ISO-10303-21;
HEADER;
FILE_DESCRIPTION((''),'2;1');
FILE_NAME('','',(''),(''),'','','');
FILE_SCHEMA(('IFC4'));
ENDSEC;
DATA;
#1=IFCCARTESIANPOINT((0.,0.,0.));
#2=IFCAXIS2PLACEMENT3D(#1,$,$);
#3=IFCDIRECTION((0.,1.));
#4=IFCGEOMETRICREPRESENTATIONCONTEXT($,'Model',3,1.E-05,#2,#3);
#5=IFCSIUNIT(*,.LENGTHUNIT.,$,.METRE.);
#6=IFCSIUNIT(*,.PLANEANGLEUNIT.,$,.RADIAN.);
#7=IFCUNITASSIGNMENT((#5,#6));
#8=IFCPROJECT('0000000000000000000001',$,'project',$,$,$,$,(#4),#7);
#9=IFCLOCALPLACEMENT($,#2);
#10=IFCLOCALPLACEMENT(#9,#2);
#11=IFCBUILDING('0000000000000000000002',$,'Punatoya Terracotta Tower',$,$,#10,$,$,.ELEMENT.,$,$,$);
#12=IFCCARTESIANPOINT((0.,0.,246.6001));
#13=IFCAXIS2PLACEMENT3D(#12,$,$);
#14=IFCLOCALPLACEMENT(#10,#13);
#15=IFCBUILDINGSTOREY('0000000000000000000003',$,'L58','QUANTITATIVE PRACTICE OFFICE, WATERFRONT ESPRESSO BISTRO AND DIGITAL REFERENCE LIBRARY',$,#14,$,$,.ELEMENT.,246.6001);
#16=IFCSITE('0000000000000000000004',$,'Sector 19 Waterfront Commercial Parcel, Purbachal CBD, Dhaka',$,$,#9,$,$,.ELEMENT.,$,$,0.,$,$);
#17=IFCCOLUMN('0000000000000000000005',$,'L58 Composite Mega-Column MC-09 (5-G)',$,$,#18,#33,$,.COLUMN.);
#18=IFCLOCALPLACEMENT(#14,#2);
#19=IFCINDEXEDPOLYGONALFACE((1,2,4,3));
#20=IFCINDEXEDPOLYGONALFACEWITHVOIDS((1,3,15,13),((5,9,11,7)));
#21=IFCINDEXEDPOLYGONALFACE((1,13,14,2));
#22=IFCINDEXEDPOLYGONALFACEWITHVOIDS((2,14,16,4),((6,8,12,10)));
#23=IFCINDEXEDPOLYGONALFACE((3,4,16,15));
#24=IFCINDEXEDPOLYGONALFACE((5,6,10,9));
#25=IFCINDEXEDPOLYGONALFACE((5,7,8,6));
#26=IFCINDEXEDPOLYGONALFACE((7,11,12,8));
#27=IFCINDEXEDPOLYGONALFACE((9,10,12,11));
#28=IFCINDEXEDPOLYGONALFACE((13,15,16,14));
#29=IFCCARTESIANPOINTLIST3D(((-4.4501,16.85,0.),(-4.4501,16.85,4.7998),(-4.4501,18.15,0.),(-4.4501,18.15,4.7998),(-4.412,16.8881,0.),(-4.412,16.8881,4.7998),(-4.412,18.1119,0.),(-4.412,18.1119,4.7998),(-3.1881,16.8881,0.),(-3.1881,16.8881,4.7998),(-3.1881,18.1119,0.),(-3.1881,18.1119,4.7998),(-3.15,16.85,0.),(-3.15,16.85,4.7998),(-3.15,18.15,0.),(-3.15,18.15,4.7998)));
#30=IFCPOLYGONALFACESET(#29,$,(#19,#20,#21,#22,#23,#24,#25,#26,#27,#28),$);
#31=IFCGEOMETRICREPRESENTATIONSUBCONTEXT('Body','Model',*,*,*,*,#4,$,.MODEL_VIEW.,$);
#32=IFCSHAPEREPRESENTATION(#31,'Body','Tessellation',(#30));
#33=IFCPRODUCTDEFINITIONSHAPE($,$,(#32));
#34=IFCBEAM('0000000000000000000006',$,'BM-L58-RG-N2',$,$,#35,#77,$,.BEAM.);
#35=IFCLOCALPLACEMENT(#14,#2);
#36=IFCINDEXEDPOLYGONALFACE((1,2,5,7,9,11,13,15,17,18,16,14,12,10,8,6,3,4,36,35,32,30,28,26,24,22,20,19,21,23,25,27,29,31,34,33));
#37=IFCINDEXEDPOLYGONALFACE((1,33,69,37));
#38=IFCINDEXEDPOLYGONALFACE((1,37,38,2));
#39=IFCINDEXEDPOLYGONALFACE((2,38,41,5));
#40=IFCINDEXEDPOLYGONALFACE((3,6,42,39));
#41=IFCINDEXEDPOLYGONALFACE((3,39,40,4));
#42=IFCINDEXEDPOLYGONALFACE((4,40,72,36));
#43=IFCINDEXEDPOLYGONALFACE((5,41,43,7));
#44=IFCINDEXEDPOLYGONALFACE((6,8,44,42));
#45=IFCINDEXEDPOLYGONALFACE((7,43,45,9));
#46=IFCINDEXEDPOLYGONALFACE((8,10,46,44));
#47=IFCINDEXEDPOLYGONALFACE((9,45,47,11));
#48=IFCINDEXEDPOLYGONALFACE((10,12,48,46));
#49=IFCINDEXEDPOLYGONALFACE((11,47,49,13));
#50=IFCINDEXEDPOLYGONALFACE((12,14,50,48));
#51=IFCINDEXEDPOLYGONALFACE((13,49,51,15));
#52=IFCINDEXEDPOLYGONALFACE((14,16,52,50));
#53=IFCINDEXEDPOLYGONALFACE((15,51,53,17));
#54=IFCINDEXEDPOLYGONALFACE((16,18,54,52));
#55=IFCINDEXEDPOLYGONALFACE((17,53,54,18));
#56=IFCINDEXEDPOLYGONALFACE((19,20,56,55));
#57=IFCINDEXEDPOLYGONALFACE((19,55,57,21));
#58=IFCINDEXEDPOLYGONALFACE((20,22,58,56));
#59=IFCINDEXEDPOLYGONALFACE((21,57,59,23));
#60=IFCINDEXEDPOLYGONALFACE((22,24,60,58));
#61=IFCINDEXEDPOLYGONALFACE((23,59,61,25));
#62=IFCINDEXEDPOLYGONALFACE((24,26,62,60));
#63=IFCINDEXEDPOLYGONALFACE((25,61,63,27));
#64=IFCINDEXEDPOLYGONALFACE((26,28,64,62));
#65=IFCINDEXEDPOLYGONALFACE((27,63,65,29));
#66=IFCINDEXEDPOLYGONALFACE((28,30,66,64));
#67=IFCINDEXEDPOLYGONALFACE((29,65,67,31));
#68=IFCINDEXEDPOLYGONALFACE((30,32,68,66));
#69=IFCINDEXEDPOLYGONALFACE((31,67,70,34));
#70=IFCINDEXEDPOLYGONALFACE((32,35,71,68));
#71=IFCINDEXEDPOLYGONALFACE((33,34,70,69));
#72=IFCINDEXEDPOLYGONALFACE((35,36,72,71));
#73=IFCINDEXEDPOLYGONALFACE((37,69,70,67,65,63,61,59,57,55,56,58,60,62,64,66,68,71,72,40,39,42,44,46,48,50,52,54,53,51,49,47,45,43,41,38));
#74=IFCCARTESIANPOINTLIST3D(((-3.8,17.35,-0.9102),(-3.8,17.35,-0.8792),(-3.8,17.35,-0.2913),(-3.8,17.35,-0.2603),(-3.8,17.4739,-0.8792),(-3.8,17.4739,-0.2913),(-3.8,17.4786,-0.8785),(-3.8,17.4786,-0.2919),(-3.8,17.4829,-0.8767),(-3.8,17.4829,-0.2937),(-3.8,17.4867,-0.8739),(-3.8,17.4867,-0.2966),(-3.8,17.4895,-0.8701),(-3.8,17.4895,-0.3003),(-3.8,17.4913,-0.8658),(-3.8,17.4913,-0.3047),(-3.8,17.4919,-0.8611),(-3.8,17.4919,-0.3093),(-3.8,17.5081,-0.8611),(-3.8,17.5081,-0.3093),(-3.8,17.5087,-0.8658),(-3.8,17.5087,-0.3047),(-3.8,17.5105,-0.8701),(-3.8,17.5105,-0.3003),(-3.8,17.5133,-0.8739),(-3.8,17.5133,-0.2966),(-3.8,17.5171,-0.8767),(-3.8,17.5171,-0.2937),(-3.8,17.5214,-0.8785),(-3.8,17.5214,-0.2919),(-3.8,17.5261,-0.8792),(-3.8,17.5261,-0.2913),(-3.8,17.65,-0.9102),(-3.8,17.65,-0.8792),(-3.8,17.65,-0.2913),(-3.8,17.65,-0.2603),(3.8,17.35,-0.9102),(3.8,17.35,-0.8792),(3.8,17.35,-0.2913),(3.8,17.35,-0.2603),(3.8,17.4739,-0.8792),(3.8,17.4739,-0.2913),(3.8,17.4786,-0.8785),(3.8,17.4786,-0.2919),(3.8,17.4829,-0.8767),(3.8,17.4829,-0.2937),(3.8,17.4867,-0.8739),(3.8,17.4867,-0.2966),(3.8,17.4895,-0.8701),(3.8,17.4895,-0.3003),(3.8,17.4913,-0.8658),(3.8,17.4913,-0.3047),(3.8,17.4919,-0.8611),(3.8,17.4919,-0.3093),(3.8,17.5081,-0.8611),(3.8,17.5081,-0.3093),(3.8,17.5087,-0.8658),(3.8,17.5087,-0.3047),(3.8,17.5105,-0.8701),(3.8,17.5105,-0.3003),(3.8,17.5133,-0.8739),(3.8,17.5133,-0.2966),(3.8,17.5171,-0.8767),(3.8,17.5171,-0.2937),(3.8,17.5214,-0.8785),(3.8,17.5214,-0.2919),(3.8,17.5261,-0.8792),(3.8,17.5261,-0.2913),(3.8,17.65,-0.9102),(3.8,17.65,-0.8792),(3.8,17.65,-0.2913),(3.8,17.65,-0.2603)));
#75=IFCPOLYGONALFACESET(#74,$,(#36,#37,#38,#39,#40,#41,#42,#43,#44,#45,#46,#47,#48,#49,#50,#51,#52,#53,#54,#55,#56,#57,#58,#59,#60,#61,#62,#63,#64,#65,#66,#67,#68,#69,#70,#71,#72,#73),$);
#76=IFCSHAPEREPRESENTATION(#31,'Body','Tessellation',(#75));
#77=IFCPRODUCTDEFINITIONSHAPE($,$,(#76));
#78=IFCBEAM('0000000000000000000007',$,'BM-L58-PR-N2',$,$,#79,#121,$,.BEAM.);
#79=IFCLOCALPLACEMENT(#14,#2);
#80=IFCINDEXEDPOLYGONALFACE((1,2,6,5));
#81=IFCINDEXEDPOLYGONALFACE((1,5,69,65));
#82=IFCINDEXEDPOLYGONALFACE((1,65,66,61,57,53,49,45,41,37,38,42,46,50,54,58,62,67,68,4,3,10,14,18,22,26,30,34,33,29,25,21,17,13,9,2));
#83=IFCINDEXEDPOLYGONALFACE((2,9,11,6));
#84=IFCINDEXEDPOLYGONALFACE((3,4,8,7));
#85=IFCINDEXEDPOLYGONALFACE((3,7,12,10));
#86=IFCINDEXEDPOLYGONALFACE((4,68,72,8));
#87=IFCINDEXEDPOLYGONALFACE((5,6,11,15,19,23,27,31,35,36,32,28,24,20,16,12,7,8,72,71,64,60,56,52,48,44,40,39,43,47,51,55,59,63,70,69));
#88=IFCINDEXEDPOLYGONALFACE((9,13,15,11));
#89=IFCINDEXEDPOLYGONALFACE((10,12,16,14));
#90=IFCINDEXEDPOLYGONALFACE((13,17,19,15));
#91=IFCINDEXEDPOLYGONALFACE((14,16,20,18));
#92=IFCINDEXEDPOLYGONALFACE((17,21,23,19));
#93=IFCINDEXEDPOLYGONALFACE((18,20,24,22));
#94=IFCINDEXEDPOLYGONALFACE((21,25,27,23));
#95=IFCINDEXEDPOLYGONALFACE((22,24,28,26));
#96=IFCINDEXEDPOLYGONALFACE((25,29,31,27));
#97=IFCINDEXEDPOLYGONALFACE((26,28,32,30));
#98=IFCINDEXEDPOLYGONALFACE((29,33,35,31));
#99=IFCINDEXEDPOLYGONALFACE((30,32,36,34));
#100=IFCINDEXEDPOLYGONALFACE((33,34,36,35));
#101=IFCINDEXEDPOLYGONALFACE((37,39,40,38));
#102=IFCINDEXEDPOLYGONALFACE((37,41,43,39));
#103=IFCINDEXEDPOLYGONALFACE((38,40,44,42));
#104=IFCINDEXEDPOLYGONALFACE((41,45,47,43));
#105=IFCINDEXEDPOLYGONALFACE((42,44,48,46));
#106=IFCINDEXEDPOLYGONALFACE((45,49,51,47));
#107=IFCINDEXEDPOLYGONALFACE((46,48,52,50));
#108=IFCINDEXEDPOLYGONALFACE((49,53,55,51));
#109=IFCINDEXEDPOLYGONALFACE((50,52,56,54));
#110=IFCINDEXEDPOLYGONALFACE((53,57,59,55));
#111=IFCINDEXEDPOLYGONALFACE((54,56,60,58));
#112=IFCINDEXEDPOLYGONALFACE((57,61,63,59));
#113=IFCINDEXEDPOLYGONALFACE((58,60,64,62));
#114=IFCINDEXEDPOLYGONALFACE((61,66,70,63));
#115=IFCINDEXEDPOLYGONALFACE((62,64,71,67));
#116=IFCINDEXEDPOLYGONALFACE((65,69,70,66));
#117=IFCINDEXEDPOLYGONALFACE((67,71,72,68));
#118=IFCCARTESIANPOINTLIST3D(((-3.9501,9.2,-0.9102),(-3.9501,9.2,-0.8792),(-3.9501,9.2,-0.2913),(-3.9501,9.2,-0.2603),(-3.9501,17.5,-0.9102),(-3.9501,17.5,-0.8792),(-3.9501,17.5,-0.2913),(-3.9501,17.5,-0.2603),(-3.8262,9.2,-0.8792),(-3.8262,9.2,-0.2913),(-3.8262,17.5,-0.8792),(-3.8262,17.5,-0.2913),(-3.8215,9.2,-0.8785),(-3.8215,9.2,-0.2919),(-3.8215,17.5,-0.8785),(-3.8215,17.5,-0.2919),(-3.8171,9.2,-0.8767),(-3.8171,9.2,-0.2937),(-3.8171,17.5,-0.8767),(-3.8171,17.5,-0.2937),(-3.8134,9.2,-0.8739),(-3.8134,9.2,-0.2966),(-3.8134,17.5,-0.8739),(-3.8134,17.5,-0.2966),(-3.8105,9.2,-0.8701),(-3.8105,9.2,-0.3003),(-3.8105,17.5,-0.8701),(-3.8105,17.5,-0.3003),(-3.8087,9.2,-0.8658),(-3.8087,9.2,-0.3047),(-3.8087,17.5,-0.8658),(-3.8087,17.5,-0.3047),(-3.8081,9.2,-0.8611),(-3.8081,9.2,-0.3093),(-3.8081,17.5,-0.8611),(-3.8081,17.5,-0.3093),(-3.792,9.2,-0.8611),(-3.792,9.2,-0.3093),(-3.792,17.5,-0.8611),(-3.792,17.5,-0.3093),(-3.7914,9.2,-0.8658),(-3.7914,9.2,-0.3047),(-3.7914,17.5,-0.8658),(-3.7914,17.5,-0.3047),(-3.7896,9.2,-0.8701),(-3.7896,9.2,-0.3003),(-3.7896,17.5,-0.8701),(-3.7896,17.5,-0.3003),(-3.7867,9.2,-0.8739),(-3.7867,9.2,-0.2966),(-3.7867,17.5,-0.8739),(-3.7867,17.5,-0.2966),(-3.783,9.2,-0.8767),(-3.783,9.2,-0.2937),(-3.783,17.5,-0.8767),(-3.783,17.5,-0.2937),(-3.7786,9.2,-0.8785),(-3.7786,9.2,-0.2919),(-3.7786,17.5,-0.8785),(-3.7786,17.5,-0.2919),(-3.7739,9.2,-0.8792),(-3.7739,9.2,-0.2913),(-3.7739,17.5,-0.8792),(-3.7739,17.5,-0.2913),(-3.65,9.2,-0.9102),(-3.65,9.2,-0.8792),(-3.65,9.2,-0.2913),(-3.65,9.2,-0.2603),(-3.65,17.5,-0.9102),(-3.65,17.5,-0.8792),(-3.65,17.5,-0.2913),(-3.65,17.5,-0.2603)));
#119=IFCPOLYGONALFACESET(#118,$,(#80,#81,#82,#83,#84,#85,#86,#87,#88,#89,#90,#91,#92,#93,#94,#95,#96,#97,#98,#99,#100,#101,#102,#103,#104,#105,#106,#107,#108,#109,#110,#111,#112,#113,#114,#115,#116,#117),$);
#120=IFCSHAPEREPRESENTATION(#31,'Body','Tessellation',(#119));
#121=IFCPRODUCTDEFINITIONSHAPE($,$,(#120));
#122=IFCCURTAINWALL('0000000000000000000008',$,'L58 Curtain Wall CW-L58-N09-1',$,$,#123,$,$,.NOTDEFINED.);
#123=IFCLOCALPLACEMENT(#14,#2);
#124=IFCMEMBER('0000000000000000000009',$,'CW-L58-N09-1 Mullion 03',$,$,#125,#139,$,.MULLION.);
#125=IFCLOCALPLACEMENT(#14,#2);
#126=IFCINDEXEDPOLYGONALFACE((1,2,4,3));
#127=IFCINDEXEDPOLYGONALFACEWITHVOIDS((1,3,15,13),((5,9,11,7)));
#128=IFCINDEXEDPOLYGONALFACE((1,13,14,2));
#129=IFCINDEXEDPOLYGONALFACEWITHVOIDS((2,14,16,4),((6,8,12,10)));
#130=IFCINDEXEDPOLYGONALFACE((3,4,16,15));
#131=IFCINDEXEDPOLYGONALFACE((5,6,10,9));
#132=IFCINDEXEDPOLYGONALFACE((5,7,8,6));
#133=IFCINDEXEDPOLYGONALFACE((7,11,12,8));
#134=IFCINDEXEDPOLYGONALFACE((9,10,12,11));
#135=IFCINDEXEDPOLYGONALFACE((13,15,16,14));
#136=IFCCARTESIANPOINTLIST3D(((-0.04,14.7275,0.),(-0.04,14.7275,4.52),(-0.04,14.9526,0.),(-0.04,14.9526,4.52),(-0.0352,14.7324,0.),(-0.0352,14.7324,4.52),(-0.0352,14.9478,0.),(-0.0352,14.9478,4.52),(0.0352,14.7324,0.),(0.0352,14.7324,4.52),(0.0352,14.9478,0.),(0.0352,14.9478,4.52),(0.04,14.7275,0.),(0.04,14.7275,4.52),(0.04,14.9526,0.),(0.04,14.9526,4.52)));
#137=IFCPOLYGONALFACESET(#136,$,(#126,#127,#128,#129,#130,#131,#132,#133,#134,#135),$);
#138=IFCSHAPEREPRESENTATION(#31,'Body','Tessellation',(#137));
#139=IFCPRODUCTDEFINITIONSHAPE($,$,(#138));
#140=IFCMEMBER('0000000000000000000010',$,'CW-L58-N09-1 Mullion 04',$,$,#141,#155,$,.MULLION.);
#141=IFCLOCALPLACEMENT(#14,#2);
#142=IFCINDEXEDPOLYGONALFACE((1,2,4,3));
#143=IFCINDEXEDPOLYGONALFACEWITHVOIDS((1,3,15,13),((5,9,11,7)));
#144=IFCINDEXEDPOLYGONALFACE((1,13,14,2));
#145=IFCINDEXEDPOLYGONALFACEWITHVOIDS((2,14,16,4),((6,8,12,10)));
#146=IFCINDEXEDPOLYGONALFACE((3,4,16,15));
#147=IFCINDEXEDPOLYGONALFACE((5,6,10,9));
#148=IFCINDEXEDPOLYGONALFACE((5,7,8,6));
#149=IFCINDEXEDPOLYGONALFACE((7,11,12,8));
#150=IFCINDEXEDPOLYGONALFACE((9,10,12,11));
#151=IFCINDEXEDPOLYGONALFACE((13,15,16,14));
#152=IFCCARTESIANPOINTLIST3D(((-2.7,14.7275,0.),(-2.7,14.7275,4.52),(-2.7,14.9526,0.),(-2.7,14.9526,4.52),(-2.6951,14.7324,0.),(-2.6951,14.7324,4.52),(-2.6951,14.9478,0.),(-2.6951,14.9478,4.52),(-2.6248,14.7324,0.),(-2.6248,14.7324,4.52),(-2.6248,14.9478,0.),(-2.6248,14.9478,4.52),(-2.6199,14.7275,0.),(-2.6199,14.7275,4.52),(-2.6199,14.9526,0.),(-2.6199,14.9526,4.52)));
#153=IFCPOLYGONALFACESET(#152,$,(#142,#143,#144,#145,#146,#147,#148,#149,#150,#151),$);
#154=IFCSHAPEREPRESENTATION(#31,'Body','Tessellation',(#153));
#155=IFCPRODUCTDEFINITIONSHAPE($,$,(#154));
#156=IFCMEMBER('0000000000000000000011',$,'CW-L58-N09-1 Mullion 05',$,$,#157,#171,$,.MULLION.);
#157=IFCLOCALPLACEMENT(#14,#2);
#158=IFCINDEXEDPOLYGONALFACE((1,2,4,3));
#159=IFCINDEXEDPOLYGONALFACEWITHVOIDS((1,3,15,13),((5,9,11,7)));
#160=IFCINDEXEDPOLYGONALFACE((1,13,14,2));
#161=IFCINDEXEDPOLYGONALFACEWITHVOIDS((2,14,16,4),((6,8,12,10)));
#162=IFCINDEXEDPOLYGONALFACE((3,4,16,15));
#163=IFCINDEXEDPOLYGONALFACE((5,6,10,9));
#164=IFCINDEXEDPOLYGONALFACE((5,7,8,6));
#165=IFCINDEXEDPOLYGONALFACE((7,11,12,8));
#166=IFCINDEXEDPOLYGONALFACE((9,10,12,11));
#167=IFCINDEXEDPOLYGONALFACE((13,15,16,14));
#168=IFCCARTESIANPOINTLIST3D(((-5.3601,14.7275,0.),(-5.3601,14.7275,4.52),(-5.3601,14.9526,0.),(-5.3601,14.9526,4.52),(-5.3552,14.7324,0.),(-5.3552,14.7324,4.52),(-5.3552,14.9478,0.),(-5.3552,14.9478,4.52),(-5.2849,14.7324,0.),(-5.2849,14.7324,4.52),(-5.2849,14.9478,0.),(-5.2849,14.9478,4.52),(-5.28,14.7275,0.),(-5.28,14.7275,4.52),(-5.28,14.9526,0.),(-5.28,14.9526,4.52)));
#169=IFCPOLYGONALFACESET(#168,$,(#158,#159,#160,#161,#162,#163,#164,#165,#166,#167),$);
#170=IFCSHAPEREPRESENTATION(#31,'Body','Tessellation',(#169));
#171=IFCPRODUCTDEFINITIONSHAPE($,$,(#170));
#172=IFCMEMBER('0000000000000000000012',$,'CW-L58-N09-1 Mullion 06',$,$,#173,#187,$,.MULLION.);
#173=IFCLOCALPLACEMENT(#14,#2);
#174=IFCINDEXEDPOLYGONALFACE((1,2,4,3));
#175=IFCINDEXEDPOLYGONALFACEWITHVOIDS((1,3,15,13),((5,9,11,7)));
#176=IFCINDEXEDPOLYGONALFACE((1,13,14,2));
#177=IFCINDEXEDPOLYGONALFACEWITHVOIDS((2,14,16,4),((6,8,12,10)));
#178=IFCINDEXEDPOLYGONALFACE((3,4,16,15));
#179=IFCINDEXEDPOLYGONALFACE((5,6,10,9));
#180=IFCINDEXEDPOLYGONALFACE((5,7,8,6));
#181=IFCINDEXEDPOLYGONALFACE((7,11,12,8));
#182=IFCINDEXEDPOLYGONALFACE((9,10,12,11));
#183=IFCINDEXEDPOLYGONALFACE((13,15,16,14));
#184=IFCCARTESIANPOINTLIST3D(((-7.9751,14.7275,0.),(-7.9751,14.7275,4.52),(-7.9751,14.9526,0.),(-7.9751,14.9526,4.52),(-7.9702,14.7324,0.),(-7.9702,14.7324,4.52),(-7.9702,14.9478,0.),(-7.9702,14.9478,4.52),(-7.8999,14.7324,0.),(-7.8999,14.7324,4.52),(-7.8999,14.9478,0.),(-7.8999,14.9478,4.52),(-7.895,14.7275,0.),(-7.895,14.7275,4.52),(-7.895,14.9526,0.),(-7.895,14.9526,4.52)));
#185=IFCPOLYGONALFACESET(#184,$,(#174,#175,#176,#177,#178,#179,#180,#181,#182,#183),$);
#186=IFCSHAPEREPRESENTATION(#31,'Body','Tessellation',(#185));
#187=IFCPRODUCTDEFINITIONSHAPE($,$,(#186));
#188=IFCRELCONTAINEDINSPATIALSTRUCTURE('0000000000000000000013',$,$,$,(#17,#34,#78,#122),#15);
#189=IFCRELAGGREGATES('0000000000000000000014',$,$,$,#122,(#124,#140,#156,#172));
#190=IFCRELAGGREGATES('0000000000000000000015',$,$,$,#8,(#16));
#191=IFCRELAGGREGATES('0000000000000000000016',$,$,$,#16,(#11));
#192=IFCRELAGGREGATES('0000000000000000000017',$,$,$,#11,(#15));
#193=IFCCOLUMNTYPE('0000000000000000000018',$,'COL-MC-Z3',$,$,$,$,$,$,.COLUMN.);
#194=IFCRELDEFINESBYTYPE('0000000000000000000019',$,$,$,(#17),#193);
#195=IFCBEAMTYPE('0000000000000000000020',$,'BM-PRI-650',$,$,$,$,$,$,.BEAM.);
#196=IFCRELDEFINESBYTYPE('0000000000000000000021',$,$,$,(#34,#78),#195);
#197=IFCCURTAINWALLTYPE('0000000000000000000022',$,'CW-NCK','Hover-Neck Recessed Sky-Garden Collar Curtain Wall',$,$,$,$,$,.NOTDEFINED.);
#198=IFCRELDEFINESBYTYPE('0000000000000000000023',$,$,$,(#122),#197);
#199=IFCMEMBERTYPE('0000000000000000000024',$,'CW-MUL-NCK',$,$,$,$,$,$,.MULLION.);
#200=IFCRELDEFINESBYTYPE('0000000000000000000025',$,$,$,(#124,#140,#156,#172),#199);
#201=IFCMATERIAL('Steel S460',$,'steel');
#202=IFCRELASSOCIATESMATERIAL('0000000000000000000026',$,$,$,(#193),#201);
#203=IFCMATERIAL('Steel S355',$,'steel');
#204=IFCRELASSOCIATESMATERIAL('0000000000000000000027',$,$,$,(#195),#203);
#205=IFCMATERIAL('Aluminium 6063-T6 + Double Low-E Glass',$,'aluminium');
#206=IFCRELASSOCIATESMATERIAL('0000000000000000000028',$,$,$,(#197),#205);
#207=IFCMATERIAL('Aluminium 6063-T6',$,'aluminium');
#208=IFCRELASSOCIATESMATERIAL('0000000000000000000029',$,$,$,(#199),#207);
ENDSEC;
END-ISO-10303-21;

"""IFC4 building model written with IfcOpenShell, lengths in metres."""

from ifc_helpers import new_model, si_unit, direction, frame, origin, origin_2d, place, context, subcontext, project, spatial, hollow_rectangle, i_section, extrude, material, material_profile, profile_set, type_object, element, aggregate, save


model = new_model("IFC4")

# Units and contexts
model_context = context("Model", 3, precision=1e-05, world=origin(), true_north=direction((0.0, 1.0)))
body_context = subcontext(model_context, "Body", "Model", "MODEL_VIEW")
ifc_project = project(units=[si_unit("LENGTHUNIT", "METRE"), si_unit("PLANEANGLEUNIT", "RADIAN")], contexts=[model_context])

# Site, building, storey
site_placement = place(None, origin())
site = spatial("IfcSite", under=ifc_project, at=site_placement, Name="Sector 19 Waterfront Commercial Parcel, Purbachal CBD, Dhaka", CompositionType="ELEMENT", RefElevation=0.0)
building_placement = place(site_placement, origin())
building = spatial("IfcBuilding", under=site, at=building_placement, Name="Punatoya Terracotta Tower", CompositionType="ELEMENT")
storey_placement = place(building_placement, frame((0.0, 0.0, 246.6001)))
storey = spatial("IfcBuildingStorey", under=building, at=storey_placement, Name="L58", Description="QUANTITATIVE PRACTICE OFFICE, WATERFRONT ESPRESSO BISTRO AND DIGITAL REFERENCE LIBRARY", CompositionType="ELEMENT", Elevation=246.6001)

# Column
ifc_material_1 = material(Name="Steel S460", Category="steel")
ifc_material_profile_1 = material_profile(ifc_material_1, hollow_rectangle(XDim=1.3, YDim=1.3, WallThickness=0.0381, at=origin_2d()))
ifc_profile_set_1 = profile_set([ifc_material_profile_1], Name="Steel S460")
column_type = type_object("IfcColumnType", Name="COL-MC-Z3", PredefinedType="COLUMN", material=ifc_profile_set_1)
column_placement = place(storey_placement, frame((-3.8, 17.5, 0.0), z_axis=(0.0, 0.0, 1.0), x_axis=(1.0, 0.0, 0.0)))
element("IfcColumn", 1, at=column_placement, inside=storey, type_object=column_type, Name="L58 Composite Mega-Column MC-09 (5-G)", PredefinedType="COLUMN", context=body_context, shape_type="SweptSolid", body=[
    extrude(hollow_rectangle(XDim=1.3, YDim=1.3, WallThickness=0.0381, at=origin_2d()), origin(), (0.0, 0.0, 1.0), 4.7998),
])

# Beams
ifc_material_2 = material(Name="Steel S355", Category="steel")
ifc_material_profile_2 = material_profile(ifc_material_2, i_section(OverallWidth=0.3, OverallDepth=0.6499, WebThickness=0.0161, FlangeThickness=0.031, FilletRadius=0.0181, at=origin_2d()))
ifc_profile_set_2 = profile_set([ifc_material_profile_2], Name="Steel S355")
beam_type = type_object("IfcBeamType", Name="BM-PRI-650", PredefinedType="BEAM", material=ifc_profile_set_2)
beam_1_placement = place(storey_placement, frame((-3.8, 17.5, -0.5852), z_axis=(1.0, 0.0, 0.0), x_axis=(0.0, 1.0, 0.0)))
element("IfcBeam", 2, at=beam_1_placement, inside=storey, type_object=beam_type, Name="BM-L58-RG-N2", PredefinedType="BEAM", context=body_context, shape_type="SweptSolid", body=[
    extrude(i_section(OverallWidth=0.3, OverallDepth=0.6499, WebThickness=0.0161, FlangeThickness=0.031, FilletRadius=0.0181, at=origin_2d()), origin(), (0.0, 0.0, 1.0), 7.6001),
])
beam_2_placement = place(storey_placement, frame((-3.8, 9.2, -0.5852), z_axis=(0.0, 1.0, 0.0), x_axis=(-1.0, 0.0, 0.0)))
element("IfcBeam", 3, at=beam_2_placement, inside=storey, type_object=beam_type, Name="BM-L58-PR-N2", PredefinedType="BEAM", context=body_context, shape_type="SweptSolid", body=[
    extrude(i_section(OverallWidth=0.3, OverallDepth=0.6499, WebThickness=0.0161, FlangeThickness=0.031, FilletRadius=0.0181, at=origin_2d()), origin(), (0.0, 0.0, 1.0), 8.3),
])

# Curtain wall, members
ifc_material_3 = material(Name="Aluminium 6063-T6 + Double Low-E Glass", Category="aluminium")
curtain_wall_type = type_object("IfcCurtainWallType", Name="CW-NCK", Description="Hover-Neck Recessed Sky-Garden Collar Curtain Wall", PredefinedType="NOTDEFINED", material=ifc_material_3)
curtain_wall_placement = place(storey_placement, origin())
curtain_wall = element("IfcCurtainWall", 4, at=curtain_wall_placement, inside=storey, type_object=curtain_wall_type, Name="L58 Curtain Wall CW-L58-N09-1", PredefinedType="NOTDEFINED")
ifc_material_4 = material(Name="Aluminium 6063-T6", Category="aluminium")
ifc_material_profile_3 = material_profile(ifc_material_4, hollow_rectangle(XDim=0.0801, YDim=0.2251, WallThickness=0.0049, at=origin_2d()))
ifc_profile_set_3 = profile_set([ifc_material_profile_3], Name="Aluminium 6063-T6")
member_type = type_object("IfcMemberType", Name="CW-MUL-NCK", PredefinedType="MULLION", material=ifc_profile_set_3)
member_1_placement = place(storey_placement, frame((0.0, 14.8401, 0.0), z_axis=(0.0, 0.0, 1.0), x_axis=(1.0, 0.0, 0.0)))
member_1 = element("IfcMember", 5, at=member_1_placement, type_object=member_type, Name="CW-L58-N09-1 Mullion 03", PredefinedType="MULLION", context=body_context, shape_type="SweptSolid", body=[
    extrude(hollow_rectangle(XDim=0.0801, YDim=0.2251, WallThickness=0.0049, at=origin_2d()), origin(), (0.0, 0.0, 1.0), 4.52),
])
member_2_placement = place(storey_placement, frame((-2.6599, 14.8401, 0.0), z_axis=(0.0, 0.0, 1.0), x_axis=(1.0, 0.0, 0.0)))
member_2 = element("IfcMember", 6, at=member_2_placement, type_object=member_type, Name="CW-L58-N09-1 Mullion 04", PredefinedType="MULLION", context=body_context, shape_type="SweptSolid", body=[
    extrude(hollow_rectangle(XDim=0.0801, YDim=0.2251, WallThickness=0.0049, at=origin_2d()), origin(), (0.0, 0.0, 1.0), 4.52),
])
member_3_placement = place(storey_placement, frame((-5.3201, 14.8401, 0.0), z_axis=(0.0, 0.0, 1.0), x_axis=(1.0, 0.0, 0.0)))
member_3 = element("IfcMember", 7, at=member_3_placement, type_object=member_type, Name="CW-L58-N09-1 Mullion 05", PredefinedType="MULLION", context=body_context, shape_type="SweptSolid", body=[
    extrude(hollow_rectangle(XDim=0.0801, YDim=0.2251, WallThickness=0.0049, at=origin_2d()), origin(), (0.0, 0.0, 1.0), 4.52),
])
member_4_placement = place(storey_placement, frame((-7.9351, 14.8401, 0.0), z_axis=(0.0, 0.0, 1.0), x_axis=(1.0, 0.0, 0.0)))
member_4 = element("IfcMember", 8, at=member_4_placement, type_object=member_type, Name="CW-L58-N09-1 Mullion 06", PredefinedType="MULLION", context=body_context, shape_type="SweptSolid", body=[
    extrude(hollow_rectangle(XDim=0.0801, YDim=0.2251, WallThickness=0.0049, at=origin_2d()), origin(), (0.0, 0.0, 1.0), 4.52),
])
aggregate(curtain_wall, [member_1, member_2, member_3, member_4])

save(model, "model.ifc")
